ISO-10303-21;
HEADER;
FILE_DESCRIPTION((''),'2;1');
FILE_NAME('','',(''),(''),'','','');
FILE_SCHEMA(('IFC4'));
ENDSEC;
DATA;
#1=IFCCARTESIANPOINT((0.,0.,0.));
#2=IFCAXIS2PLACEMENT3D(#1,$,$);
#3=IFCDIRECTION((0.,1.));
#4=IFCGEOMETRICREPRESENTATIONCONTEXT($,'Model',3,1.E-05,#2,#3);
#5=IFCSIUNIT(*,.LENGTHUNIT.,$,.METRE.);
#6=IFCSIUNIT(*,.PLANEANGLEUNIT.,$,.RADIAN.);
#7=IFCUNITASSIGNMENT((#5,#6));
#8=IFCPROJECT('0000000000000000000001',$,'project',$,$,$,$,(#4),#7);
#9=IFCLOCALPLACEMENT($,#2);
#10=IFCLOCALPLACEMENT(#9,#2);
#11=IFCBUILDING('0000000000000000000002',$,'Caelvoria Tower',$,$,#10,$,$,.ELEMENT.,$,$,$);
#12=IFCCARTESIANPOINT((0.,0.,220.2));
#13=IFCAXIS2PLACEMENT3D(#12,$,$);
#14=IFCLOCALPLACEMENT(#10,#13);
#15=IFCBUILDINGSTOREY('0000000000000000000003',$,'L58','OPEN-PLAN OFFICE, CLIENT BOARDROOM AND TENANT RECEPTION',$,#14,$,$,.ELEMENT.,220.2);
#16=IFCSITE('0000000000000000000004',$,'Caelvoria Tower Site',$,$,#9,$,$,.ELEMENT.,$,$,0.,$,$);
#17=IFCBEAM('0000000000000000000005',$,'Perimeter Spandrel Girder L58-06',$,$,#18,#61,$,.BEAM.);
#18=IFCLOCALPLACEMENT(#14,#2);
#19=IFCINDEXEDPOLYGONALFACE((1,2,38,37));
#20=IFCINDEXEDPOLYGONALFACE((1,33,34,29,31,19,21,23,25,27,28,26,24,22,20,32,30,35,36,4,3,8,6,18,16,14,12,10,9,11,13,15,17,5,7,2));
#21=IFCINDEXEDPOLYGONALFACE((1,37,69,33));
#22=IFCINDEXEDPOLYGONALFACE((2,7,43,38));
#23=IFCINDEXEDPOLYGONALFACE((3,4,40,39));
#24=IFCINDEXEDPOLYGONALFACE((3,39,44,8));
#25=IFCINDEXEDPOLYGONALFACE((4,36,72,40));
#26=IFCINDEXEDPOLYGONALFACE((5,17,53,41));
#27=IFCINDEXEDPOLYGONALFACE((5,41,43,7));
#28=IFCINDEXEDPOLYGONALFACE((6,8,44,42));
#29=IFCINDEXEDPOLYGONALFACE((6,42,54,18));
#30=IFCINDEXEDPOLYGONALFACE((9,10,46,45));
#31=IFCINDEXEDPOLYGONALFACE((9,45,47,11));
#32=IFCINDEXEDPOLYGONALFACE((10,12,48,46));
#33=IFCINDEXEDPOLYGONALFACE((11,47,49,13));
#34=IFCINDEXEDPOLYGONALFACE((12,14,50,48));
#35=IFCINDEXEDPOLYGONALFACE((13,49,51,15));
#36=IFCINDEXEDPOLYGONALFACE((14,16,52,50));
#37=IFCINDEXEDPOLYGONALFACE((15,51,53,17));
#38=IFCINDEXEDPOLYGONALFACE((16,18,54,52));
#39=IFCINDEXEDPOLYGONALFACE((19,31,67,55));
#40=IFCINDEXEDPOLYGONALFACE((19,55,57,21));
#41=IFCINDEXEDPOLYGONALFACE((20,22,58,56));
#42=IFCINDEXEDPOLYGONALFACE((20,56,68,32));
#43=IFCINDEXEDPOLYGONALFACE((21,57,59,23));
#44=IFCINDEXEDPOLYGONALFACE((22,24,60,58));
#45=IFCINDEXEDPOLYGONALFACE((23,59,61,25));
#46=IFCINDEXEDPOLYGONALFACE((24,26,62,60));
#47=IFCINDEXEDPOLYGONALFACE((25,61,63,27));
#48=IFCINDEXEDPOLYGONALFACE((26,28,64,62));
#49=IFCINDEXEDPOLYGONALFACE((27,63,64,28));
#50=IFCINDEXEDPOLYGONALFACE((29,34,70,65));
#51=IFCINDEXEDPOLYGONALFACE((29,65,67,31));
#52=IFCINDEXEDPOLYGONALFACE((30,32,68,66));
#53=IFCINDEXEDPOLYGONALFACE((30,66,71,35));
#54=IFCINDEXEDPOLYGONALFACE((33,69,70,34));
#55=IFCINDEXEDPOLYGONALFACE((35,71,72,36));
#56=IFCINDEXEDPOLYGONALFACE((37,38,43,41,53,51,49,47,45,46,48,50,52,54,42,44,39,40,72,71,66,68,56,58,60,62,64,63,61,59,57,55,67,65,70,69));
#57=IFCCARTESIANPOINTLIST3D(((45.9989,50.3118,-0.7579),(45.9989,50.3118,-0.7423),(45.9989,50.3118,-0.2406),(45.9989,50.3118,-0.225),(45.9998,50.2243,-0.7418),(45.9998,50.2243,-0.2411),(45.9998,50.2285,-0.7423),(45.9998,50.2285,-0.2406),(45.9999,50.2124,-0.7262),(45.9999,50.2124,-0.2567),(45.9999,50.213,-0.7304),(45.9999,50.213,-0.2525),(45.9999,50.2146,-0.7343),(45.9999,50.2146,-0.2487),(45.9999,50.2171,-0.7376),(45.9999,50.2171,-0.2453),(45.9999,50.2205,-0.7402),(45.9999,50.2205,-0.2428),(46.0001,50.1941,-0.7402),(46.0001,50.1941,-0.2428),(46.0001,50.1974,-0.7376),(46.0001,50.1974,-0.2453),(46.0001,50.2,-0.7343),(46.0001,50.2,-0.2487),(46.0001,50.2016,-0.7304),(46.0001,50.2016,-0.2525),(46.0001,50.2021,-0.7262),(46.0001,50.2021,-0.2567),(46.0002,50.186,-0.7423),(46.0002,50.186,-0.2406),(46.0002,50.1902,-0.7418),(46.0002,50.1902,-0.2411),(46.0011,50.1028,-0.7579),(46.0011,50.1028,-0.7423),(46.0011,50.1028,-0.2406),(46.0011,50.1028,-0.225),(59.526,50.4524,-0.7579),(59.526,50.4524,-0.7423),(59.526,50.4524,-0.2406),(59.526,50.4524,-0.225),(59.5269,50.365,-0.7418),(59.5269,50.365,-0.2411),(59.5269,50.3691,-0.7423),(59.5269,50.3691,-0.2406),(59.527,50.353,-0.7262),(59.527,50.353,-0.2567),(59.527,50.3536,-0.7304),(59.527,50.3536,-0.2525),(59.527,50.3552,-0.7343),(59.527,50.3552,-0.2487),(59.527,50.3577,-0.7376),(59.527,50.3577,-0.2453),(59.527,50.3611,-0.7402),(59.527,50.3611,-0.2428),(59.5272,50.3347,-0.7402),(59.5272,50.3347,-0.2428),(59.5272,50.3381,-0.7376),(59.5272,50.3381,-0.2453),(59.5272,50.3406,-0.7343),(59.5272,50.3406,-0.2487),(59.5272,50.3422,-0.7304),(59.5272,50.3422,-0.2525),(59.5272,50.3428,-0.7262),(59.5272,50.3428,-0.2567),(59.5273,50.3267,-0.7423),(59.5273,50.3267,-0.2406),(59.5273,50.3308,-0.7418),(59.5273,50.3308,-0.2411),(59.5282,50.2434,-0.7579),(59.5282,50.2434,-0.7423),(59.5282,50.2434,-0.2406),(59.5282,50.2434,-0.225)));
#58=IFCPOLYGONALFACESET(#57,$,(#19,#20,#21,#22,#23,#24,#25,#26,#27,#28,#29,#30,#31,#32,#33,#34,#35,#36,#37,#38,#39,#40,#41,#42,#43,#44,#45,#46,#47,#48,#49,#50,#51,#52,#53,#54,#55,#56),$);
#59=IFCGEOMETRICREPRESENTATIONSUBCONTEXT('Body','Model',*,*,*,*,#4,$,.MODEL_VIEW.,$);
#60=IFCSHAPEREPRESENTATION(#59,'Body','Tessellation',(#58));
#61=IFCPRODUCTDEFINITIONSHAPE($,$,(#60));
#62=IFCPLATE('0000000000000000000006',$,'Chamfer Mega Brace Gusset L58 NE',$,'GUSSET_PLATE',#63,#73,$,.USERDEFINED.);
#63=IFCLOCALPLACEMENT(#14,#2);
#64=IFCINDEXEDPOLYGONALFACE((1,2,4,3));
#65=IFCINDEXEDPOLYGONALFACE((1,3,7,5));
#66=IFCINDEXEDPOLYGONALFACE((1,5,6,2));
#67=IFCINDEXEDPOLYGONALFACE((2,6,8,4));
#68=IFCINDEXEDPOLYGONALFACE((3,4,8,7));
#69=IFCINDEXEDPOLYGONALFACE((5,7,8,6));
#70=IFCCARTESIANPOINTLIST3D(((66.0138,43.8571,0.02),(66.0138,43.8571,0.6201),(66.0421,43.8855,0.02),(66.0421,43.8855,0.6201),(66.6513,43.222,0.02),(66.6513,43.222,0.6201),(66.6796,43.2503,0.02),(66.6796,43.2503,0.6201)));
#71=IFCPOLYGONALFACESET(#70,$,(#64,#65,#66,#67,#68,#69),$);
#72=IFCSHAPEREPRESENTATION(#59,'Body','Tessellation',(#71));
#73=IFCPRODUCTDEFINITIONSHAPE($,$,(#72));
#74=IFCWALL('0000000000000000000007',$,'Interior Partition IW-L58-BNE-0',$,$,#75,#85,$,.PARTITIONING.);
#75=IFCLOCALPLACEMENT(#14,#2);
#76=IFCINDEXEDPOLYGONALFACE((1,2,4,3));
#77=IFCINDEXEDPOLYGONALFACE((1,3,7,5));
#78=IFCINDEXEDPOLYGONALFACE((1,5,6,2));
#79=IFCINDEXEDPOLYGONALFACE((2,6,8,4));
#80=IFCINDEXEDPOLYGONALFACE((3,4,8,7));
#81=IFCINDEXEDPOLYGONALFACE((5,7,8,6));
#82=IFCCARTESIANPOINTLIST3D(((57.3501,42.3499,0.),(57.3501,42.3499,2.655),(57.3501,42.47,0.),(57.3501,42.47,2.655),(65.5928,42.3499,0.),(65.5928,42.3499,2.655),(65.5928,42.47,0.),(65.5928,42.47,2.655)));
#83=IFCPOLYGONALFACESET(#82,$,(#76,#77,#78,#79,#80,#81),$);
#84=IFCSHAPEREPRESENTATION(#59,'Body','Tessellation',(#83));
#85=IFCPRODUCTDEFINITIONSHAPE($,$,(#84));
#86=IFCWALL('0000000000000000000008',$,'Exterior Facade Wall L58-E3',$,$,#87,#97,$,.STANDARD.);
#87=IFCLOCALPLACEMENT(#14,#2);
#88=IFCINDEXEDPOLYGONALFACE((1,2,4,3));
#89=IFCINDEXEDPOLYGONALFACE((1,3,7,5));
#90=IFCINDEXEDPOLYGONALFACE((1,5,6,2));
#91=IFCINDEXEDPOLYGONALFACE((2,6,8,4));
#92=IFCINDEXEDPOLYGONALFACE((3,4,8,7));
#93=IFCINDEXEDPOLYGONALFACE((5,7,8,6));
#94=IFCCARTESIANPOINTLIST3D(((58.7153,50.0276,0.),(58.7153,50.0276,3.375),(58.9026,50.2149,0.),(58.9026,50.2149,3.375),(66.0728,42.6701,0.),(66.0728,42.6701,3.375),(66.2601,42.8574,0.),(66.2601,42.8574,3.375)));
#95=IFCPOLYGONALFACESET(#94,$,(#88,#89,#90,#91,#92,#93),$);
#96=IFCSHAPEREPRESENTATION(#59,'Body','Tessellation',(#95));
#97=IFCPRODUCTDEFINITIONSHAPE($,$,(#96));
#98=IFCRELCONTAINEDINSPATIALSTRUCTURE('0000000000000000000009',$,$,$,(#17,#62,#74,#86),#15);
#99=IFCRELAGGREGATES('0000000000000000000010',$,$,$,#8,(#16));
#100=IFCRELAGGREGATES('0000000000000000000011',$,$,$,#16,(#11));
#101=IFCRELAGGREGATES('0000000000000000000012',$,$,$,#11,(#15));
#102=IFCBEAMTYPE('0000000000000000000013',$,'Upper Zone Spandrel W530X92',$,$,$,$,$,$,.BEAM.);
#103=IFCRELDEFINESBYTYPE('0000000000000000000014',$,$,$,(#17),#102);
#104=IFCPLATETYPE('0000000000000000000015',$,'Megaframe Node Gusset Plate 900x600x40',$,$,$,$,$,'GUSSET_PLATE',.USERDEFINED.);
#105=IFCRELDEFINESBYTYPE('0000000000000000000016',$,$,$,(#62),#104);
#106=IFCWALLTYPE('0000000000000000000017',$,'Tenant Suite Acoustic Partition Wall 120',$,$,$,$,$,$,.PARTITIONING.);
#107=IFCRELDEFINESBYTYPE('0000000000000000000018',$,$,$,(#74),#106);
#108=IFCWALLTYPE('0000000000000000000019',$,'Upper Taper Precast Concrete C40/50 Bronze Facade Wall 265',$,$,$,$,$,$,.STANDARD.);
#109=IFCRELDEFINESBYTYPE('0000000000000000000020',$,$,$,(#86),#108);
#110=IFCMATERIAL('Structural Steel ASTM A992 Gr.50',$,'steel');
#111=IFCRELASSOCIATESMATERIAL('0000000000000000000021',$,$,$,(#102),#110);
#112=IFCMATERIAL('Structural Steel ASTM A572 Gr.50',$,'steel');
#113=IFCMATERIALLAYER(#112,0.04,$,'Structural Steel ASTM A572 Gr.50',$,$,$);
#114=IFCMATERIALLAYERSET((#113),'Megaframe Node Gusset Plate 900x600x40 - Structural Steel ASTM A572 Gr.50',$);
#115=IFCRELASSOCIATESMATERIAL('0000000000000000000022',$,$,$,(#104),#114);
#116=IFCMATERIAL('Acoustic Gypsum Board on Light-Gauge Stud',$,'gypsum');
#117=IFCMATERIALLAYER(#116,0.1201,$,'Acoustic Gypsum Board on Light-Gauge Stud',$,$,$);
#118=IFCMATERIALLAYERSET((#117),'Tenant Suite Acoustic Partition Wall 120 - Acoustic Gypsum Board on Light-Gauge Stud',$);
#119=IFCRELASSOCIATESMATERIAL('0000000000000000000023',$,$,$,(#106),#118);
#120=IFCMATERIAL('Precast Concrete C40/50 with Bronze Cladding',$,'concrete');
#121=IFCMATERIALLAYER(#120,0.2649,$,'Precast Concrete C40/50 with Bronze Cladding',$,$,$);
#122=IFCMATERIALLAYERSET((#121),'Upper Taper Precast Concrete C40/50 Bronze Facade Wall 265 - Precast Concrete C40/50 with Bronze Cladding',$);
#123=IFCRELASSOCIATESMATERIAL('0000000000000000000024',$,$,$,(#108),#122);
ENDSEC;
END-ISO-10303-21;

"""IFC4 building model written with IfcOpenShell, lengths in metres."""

from ifc_helpers import new_model, si_unit, direction, frame, frame_2d, origin, origin_2d, place, context, subcontext, project, spatial, rectangle, i_section, extrude, material, layer, layer_set, material_profile, profile_set, type_object, element, save


model = new_model("IFC4")

# Units and contexts
model_context = context("Model", 3, precision=1e-05, world=origin(), true_north=direction((0.0, 1.0)))
body_context = subcontext(model_context, "Body", "Model", "MODEL_VIEW")
ifc_project = project(units=[si_unit("LENGTHUNIT", "METRE"), si_unit("PLANEANGLEUNIT", "RADIAN")], contexts=[model_context])

# Site, building, storey
site_placement = place(None, origin())
site = spatial("IfcSite", under=ifc_project, at=site_placement, Name="Caelvoria Tower Site", CompositionType="ELEMENT", RefElevation=0.0)
building_placement = place(site_placement, origin())
building = spatial("IfcBuilding", under=site, at=building_placement, Name="Caelvoria Tower", CompositionType="ELEMENT")
storey_placement = place(building_placement, frame((0.0, 0.0, 220.2)))
storey = spatial("IfcBuildingStorey", under=building, at=storey_placement, Name="L58", Description="OPEN-PLAN OFFICE, CLIENT BOARDROOM AND TENANT RECEPTION", CompositionType="ELEMENT", Elevation=220.2)

# Shared definitions
ifc_material_1 = material(Name="Structural Steel ASTM A572 Gr.50", Category="steel")

# Shared definitions
ifc_material_2 = material(Name="Structural Steel ASTM A992 Gr.50", Category="steel")

# Beam
ifc_material_profile_1 = material_profile(ifc_material_2, i_section(OverallWidth=0.209, OverallDepth=0.533, WebThickness=0.0103, FlangeThickness=0.0156, FilletRadius=0.0161, at=origin_2d()), Name="Structural Steel ASTM A992 Gr.50")
ifc_profile_set_1 = profile_set([ifc_material_profile_1], Name="W530X92 - Structural Steel ASTM A992 Gr.50")
beam_type_1 = type_object("IfcBeamType", Name="Upper Zone Spandrel W530X92", PredefinedType="BEAM", material=ifc_profile_set_1)
beam_1_placement = place(storey_placement, frame((59.5271, 50.3479, -0.4915), z_axis=(-0.999946, -0.010395, 0.0), x_axis=(0.010395, -0.999946, 0.0)))
element("IfcBeam", 1, at=beam_1_placement, inside=storey, type_object=beam_type_1, Name="Perimeter Spandrel Girder L58-06", PredefinedType="BEAM", context=body_context, shape_type="SweptSolid", body=[
    extrude(i_section(OverallWidth=0.209, OverallDepth=0.533, WebThickness=0.0103, FlangeThickness=0.0156, FilletRadius=0.0161, at=origin_2d()), origin(), (0.0, 0.0, 1.0), 13.5278),
])

# Plate
ifc_layer_1 = layer(ifc_material_1, 0.04, Name="Structural Steel ASTM A572 Gr.50")
ifc_layer_set_1 = layer_set([ifc_layer_1], Name="Megaframe Node Gusset Plate 900x600x40 - Structural Steel ASTM A572 Gr.50")
plate_type = type_object("IfcPlateType", Name="Megaframe Node Gusset Plate 900x600x40", ElementType="GUSSET_PLATE", PredefinedType="USERDEFINED", material=ifc_layer_set_1)
plate_placement = place(storey_placement, frame((66.3467, 43.5537, 0.02), z_axis=(0.0, 0.0, 1.0), x_axis=(-0.708415, 0.705796, 0.0)))
element("IfcPlate", 2, at=plate_placement, inside=storey, type_object=plate_type, Name="Chamfer Mega Brace Gusset L58 NE", ObjectType="GUSSET_PLATE", PredefinedType="USERDEFINED", context=body_context, shape_type="SweptSolid", body=[
    extrude(rectangle(XDim=0.8999, YDim=0.04, at=origin_2d()), origin(), (0.0, 0.0, 1.0), 0.6001),
])

# Walls
ifc_material_3 = material(Name="Acoustic Gypsum Board on Light-Gauge Stud", Category="gypsum")
ifc_layer_2 = layer(ifc_material_3, 0.1201, Name="Acoustic Gypsum Board on Light-Gauge Stud")
ifc_layer_set_2 = layer_set([ifc_layer_2], Name="Tenant Suite Acoustic Partition Wall 120 - Acoustic Gypsum Board on Light-Gauge Stud")
wall_type_1 = type_object("IfcWallType", Name="Tenant Suite Acoustic Partition Wall 120", PredefinedType="PARTITIONING", material=ifc_layer_set_2)
wall_1_placement = place(storey_placement, frame((57.3501, 42.4099, 0.0), z_axis=(0.0, 0.0, 1.0), x_axis=(1.0, 0.0, 0.0)))
element("IfcWall", 3, at=wall_1_placement, inside=storey, type_object=wall_type_1, Name="Interior Partition IW-L58-BNE-0", PredefinedType="PARTITIONING", context=body_context, shape_type="SweptSolid", body=[
    extrude(rectangle(XDim=8.2427, YDim=0.1201, at=frame_2d((4.1213, 0.0))), origin(), (0.0, 0.0, 1.0), 2.655),
])
ifc_material_4 = material(Name="Precast Concrete C40/50 with Bronze Cladding", Category="concrete")
ifc_layer_3 = layer(ifc_material_4, 0.2649, Name="Precast Concrete C40/50 with Bronze Cladding")
ifc_layer_set_3 = layer_set([ifc_layer_3], Name="Upper Taper Precast Concrete C40/50 Bronze Facade Wall 265 - Precast Concrete C40/50 with Bronze Cladding")
wall_type_2 = type_object("IfcWallType", Name="Upper Taper Precast Concrete C40/50 Bronze Facade Wall 265", PredefinedType="STANDARD", material=ifc_layer_set_3)
wall_2_placement = place(storey_placement, frame((66.1665, 42.7637, 0.0), z_axis=(0.0, 0.0, 1.0), x_axis=(-0.707107, 0.707107, 0.0)))
element("IfcWall", 4, at=wall_2_placement, inside=storey, type_object=wall_type_2, Name="Exterior Facade Wall L58-E3", PredefinedType="STANDARD", context=body_context, shape_type="SweptSolid", body=[
    extrude(rectangle(XDim=10.405, YDim=0.2649, at=frame_2d((5.2026, 0.0))), origin(), (0.0, 0.0, 1.0), 3.375),
])

save(model, "model.ifc")
